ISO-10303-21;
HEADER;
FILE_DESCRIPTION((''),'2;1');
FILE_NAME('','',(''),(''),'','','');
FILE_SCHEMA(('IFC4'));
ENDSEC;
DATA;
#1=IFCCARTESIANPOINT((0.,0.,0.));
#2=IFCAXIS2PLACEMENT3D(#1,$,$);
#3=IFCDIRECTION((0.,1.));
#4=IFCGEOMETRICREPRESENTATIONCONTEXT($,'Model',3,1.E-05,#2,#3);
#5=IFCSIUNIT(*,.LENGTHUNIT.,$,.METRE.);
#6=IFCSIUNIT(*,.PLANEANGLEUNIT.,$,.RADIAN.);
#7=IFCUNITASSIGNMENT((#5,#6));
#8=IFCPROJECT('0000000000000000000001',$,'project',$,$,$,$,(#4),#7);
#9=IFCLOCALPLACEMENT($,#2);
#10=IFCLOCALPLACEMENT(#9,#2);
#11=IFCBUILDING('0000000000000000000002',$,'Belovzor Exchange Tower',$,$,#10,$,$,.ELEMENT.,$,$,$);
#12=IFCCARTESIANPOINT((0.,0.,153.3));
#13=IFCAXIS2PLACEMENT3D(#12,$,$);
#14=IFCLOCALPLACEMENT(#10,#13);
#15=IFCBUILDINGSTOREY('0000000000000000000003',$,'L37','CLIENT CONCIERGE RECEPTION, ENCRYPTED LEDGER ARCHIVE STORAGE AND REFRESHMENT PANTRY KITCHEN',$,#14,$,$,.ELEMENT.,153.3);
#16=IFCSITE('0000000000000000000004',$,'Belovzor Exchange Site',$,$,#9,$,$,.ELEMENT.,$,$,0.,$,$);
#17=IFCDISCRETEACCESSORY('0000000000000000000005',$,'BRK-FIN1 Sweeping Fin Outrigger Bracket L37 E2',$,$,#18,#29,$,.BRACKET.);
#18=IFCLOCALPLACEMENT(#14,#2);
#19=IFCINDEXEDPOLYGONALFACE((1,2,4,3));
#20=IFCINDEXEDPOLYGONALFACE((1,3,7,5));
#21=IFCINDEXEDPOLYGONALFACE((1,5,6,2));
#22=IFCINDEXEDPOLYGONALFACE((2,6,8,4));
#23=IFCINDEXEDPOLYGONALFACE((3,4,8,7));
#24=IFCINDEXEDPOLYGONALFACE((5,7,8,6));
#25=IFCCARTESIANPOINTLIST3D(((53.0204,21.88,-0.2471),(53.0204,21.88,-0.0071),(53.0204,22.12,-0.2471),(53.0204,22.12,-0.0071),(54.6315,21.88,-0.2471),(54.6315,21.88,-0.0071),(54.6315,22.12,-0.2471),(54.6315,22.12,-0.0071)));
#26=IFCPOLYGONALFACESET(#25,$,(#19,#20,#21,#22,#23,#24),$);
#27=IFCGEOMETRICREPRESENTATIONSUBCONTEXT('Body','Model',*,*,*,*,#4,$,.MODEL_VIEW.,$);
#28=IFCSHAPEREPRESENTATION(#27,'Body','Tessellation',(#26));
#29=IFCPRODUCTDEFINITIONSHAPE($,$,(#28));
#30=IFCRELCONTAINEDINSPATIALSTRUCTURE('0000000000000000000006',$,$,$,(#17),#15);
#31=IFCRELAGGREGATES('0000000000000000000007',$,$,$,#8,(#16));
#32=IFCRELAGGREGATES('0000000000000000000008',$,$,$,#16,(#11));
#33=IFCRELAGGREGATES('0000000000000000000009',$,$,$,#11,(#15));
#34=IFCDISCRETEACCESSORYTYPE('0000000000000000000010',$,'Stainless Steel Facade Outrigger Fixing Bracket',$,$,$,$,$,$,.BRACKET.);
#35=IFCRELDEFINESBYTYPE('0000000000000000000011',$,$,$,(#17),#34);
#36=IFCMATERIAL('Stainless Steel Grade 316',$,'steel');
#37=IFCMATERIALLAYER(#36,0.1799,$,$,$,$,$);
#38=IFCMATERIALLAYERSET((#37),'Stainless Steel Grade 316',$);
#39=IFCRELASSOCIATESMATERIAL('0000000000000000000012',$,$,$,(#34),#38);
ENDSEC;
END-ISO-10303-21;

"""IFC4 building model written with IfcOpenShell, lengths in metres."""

from ifc_helpers import new_model, si_unit, direction, frame, origin, origin_2d, place, context, subcontext, project, spatial, rectangle, extrude, material, layer, layer_set, type_object, element, save


model = new_model("IFC4")

# Units and contexts
model_context = context("Model", 3, precision=1e-05, world=origin(), true_north=direction((0.0, 1.0)))
body_context = subcontext(model_context, "Body", "Model", "MODEL_VIEW")
ifc_project = project(units=[si_unit("LENGTHUNIT", "METRE"), si_unit("PLANEANGLEUNIT", "RADIAN")], contexts=[model_context])

# Site, building, storey
site_placement = place(None, origin())
site = spatial("IfcSite", under=ifc_project, at=site_placement, Name="Belovzor Exchange Site", CompositionType="ELEMENT", RefElevation=0.0)
building_placement = place(site_placement, origin())
building = spatial("IfcBuilding", under=site, at=building_placement, Name="Belovzor Exchange Tower", CompositionType="ELEMENT")
storey_placement = place(building_placement, frame((0.0, 0.0, 153.3)))
storey = spatial("IfcBuildingStorey", under=building, at=storey_placement, Name="L37", Description="CLIENT CONCIERGE RECEPTION, ENCRYPTED LEDGER ARCHIVE STORAGE AND REFRESHMENT PANTRY KITCHEN", CompositionType="ELEMENT", Elevation=153.3)

# Discrete accessory
ifc_material_1 = material(Name="Stainless Steel Grade 316", Category="steel")
ifc_layer_1 = layer(ifc_material_1, 0.1799)
ifc_layer_set_1 = layer_set([ifc_layer_1], Name="Stainless Steel Grade 316")
discrete_accessory_type = type_object("IfcDiscreteAccessoryType", Name="Stainless Steel Facade Outrigger Fixing Bracket", PredefinedType="BRACKET", material=ifc_layer_set_1)
discrete_accessory_placement = place(storey_placement, frame((53.8259, 22.0, -0.2471), z_axis=(0.0, 0.0, 1.0), x_axis=(1.0, 0.0, 0.0)))
element("IfcDiscreteAccessory", 1, at=discrete_accessory_placement, inside=storey, type_object=discrete_accessory_type, Name="BRK-FIN1 Sweeping Fin Outrigger Bracket L37 E2", PredefinedType="BRACKET", context=body_context, shape_type="SweptSolid", body=[
    extrude(rectangle(XDim=1.6111, YDim=0.24, at=origin_2d()), origin(), (0.0, 0.0, 1.0), 0.24),
])

save(model, "model.ifc")
